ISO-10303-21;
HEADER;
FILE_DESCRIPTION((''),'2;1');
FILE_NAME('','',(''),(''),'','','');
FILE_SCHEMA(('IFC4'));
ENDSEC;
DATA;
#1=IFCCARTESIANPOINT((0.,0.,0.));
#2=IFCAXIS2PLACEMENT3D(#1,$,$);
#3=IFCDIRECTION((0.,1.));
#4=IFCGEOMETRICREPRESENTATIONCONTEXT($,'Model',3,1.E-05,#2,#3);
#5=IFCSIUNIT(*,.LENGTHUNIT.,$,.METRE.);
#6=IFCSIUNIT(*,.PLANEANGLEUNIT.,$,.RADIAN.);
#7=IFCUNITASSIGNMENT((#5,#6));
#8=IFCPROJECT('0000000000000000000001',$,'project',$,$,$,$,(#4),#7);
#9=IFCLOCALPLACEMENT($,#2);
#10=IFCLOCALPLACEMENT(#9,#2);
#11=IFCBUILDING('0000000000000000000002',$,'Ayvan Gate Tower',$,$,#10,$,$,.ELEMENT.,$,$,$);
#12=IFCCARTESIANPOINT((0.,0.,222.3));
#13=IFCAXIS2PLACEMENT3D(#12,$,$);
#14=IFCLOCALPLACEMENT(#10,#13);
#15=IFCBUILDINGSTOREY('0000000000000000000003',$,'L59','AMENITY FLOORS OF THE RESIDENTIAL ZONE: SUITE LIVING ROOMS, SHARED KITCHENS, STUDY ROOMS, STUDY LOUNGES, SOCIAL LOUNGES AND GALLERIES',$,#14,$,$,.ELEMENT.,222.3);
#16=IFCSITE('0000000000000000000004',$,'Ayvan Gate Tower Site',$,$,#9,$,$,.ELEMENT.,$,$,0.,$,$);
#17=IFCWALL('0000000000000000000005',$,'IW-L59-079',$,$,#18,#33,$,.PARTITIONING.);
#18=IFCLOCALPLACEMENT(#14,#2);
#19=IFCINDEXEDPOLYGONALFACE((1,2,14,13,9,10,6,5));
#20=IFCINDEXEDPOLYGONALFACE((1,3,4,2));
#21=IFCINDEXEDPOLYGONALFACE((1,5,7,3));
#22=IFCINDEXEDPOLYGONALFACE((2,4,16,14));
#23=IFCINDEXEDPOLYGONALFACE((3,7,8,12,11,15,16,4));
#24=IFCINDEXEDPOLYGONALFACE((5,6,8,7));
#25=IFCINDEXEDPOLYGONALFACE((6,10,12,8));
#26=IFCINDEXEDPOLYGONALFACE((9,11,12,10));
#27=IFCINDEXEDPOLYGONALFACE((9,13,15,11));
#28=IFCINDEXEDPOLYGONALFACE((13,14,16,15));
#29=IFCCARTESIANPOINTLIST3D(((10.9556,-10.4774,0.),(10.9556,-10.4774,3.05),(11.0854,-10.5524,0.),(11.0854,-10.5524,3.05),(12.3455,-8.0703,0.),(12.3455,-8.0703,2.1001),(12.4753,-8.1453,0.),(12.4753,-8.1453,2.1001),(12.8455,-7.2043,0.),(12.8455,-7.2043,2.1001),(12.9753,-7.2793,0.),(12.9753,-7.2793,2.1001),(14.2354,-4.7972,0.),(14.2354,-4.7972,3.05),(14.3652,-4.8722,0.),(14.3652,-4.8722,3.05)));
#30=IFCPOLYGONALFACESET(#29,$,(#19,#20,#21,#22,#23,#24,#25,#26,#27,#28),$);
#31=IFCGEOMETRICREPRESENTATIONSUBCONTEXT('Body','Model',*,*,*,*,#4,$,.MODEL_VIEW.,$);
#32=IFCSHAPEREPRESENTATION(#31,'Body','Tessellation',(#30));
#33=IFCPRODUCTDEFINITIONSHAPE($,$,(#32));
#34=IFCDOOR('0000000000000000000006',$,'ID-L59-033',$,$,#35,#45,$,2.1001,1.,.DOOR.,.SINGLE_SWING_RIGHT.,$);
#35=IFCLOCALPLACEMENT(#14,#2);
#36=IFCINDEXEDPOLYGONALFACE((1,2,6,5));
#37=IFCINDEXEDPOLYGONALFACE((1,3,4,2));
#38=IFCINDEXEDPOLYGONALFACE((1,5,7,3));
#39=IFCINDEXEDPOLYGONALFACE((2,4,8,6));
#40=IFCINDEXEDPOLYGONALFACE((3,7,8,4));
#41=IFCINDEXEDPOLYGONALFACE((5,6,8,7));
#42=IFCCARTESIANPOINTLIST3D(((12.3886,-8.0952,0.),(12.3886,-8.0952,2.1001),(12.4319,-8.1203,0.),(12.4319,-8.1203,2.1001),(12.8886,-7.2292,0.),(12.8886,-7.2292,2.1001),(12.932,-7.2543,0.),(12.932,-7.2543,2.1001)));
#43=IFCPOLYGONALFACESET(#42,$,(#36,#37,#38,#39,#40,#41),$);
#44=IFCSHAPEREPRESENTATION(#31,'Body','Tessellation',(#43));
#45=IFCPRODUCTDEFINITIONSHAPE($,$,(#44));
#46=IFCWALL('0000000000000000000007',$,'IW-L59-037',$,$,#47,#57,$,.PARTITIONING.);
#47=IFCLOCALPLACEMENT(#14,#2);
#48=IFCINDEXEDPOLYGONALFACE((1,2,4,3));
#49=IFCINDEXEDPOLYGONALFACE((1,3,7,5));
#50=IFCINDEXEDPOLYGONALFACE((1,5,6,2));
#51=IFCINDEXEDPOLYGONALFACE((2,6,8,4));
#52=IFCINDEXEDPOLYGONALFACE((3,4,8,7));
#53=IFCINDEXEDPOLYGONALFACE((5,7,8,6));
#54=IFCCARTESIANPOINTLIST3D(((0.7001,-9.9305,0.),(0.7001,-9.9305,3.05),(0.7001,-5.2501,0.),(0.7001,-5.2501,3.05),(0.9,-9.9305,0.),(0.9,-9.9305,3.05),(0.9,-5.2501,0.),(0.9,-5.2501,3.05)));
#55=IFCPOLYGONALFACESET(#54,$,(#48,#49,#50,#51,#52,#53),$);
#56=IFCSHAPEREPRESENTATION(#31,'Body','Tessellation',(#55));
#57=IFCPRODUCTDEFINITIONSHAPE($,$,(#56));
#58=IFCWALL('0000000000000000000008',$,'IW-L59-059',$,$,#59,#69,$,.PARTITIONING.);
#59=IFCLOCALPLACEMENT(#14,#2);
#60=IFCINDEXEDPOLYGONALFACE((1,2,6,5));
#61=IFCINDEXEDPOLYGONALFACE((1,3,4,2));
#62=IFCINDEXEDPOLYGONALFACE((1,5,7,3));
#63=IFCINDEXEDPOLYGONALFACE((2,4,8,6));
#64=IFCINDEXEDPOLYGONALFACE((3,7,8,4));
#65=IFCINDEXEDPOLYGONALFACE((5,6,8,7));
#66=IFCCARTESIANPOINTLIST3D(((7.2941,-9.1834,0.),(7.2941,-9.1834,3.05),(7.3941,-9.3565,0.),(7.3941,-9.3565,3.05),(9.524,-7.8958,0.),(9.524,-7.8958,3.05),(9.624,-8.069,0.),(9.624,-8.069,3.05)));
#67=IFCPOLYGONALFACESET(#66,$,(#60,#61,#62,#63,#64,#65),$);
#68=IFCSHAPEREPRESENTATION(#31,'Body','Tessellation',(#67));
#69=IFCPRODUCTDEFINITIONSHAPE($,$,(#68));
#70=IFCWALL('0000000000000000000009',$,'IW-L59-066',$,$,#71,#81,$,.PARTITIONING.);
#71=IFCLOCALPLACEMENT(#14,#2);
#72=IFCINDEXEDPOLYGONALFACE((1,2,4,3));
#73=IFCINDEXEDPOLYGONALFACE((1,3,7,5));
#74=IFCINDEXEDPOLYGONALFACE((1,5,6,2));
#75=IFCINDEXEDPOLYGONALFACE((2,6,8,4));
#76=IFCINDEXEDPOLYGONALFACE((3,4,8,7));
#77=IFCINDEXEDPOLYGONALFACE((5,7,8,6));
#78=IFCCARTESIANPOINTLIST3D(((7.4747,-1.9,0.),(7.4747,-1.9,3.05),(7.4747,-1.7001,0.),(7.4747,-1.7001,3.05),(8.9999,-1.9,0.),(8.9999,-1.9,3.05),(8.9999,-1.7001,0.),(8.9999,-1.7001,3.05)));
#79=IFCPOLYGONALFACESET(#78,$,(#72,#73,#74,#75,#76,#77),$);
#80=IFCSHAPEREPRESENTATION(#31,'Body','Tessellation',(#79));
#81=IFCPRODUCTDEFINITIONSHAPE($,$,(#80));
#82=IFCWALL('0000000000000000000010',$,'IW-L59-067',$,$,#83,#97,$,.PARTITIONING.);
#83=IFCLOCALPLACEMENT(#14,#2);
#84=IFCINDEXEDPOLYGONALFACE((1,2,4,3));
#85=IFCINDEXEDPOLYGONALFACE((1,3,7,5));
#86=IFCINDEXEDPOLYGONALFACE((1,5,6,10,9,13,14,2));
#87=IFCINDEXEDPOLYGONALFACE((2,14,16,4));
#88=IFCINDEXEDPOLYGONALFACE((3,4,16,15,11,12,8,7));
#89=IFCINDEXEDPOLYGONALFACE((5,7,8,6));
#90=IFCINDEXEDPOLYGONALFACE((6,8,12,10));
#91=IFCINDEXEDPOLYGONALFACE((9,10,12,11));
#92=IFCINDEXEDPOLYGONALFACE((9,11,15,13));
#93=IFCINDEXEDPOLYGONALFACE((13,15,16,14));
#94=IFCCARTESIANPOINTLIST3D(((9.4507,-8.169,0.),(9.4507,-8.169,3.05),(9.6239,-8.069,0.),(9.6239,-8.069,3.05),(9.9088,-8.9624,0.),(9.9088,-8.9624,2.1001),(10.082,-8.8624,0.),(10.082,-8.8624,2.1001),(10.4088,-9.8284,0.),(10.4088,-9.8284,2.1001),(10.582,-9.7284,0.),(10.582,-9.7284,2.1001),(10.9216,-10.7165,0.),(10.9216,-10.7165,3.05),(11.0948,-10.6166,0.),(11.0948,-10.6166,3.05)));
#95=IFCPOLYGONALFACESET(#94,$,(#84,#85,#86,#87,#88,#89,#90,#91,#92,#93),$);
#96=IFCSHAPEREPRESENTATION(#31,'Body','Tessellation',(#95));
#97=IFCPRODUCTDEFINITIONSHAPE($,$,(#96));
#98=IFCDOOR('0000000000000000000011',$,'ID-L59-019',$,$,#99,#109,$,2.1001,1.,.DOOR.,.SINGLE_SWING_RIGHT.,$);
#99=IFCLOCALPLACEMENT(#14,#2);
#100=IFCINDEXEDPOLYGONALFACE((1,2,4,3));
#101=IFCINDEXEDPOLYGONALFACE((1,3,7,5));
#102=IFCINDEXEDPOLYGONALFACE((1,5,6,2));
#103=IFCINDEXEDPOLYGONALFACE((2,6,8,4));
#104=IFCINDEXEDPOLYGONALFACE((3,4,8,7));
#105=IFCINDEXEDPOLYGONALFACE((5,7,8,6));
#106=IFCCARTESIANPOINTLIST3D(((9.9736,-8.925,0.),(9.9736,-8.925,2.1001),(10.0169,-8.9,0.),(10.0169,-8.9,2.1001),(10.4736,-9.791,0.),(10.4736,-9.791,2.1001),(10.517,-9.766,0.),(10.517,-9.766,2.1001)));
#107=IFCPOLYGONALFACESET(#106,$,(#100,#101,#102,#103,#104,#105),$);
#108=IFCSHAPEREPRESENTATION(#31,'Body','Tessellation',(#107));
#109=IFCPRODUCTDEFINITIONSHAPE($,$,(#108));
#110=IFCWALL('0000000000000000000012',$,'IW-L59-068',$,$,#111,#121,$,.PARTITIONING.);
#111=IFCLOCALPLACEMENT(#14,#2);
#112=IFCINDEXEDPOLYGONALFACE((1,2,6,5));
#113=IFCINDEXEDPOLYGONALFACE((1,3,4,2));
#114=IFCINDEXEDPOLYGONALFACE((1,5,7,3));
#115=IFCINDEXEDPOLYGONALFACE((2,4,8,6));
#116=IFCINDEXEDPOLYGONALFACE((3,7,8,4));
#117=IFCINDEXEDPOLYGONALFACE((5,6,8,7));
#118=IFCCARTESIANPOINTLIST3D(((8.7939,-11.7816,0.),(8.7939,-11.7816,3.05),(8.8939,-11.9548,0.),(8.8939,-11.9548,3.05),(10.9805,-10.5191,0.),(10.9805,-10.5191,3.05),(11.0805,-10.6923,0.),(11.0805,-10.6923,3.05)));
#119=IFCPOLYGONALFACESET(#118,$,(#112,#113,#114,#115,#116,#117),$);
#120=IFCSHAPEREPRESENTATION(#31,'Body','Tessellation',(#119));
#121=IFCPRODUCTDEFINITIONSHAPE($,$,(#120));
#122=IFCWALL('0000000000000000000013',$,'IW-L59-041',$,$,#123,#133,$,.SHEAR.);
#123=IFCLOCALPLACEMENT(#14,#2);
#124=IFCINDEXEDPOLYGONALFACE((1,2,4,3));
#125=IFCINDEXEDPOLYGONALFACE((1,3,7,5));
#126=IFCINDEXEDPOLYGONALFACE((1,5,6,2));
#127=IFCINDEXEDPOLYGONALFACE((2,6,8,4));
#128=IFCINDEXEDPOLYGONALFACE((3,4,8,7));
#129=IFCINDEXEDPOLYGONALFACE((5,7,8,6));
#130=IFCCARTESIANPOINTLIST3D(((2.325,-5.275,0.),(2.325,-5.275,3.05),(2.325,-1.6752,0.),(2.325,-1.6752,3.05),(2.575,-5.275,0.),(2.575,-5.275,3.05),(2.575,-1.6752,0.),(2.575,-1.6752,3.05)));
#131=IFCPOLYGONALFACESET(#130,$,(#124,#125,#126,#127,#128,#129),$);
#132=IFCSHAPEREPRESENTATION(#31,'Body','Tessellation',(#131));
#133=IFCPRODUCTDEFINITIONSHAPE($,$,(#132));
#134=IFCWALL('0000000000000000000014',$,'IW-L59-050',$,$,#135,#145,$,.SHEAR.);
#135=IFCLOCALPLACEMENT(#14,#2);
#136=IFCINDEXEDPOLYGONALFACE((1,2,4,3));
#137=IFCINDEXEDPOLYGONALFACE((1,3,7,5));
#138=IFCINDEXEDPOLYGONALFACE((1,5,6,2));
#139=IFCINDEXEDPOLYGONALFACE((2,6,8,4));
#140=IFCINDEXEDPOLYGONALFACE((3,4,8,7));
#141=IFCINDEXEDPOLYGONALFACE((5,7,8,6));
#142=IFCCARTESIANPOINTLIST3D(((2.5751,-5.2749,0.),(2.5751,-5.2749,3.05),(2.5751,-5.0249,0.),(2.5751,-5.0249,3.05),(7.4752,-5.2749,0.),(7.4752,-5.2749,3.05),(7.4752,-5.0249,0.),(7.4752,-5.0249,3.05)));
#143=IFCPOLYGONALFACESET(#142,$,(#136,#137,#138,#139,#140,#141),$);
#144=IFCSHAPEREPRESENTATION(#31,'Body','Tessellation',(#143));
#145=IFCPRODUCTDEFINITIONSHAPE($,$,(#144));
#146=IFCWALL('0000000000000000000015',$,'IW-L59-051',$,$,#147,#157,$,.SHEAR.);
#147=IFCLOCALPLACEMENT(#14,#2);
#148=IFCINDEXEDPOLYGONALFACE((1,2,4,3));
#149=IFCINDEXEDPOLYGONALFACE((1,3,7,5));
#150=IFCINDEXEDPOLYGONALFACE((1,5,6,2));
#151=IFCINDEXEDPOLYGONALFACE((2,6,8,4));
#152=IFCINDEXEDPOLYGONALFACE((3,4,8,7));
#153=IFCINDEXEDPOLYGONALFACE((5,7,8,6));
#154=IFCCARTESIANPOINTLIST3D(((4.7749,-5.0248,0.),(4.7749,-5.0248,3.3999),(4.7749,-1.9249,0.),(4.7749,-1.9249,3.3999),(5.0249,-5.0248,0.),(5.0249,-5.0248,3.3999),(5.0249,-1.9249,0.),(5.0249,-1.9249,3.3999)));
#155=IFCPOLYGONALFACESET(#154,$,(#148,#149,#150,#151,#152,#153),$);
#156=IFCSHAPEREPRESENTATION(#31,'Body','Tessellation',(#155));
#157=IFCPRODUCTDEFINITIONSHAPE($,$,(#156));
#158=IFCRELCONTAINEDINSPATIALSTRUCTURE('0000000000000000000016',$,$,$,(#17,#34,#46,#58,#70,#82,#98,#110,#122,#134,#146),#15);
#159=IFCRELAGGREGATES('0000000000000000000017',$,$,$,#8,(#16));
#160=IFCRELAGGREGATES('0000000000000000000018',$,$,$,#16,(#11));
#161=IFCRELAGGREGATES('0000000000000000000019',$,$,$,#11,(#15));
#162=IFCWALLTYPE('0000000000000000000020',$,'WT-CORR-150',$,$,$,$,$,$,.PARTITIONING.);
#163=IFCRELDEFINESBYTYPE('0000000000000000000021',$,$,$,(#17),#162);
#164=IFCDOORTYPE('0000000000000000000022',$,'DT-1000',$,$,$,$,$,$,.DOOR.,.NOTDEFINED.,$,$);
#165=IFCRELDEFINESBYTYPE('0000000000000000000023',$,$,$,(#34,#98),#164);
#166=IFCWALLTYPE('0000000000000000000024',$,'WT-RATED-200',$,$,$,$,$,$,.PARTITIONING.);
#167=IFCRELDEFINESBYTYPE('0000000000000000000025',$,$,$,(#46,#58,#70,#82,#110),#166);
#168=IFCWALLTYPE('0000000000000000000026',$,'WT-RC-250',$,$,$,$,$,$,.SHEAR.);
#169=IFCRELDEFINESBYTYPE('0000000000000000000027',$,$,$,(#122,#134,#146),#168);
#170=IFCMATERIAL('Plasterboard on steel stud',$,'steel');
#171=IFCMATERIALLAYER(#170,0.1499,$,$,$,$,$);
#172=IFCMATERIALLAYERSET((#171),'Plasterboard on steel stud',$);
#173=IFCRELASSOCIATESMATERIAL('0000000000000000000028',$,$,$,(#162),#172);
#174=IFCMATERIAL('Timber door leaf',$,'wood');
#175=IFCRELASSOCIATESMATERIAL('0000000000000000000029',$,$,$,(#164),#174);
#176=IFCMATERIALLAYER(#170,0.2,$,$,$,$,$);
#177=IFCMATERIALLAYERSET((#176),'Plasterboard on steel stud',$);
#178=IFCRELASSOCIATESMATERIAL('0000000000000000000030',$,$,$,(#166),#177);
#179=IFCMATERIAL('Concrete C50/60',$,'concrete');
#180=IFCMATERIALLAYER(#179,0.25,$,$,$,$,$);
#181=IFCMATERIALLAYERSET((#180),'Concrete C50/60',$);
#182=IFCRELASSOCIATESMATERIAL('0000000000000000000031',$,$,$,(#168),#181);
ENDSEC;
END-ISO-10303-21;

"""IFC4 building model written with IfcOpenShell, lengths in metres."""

from ifc_helpers import new_model, si_unit, direction, frame, frame_2d, origin, place, context, subcontext, project, spatial, rectangle, extrude, material, layer, layer_set, type_object, element, fill, save


model = new_model("IFC4")

# Units and contexts
model_context = context("Model", 3, precision=1e-05, world=origin(), true_north=direction((0.0, 1.0)))
body_context = subcontext(model_context, "Body", "Model", "MODEL_VIEW")
ifc_project = project(units=[si_unit("LENGTHUNIT", "METRE"), si_unit("PLANEANGLEUNIT", "RADIAN")], contexts=[model_context])

# Site, building, storey
site_placement = place(None, origin())
site = spatial("IfcSite", under=ifc_project, at=site_placement, Name="Ayvan Gate Tower Site", CompositionType="ELEMENT", RefElevation=0.0)
building_placement = place(site_placement, origin())
building = spatial("IfcBuilding", under=site, at=building_placement, Name="Ayvan Gate Tower", CompositionType="ELEMENT")
storey_placement = place(building_placement, frame((0.0, 0.0, 222.3)))
storey = spatial("IfcBuildingStorey", under=building, at=storey_placement, Name="L59", Description="AMENITY FLOORS OF THE RESIDENTIAL ZONE: SUITE LIVING ROOMS, SHARED KITCHENS, STUDY ROOMS, STUDY LOUNGES, SOCIAL LOUNGES AND GALLERIES", CompositionType="ELEMENT", Elevation=222.3)

# Shared definitions
ifc_material_1 = material(Name="Concrete C50/60", Category="concrete")

# Shared definitions
ifc_material_2 = material(Name="Timber door leaf", Category="wood")

# Shared definitions
ifc_material_3 = material(Name="Plasterboard on steel stud", Category="steel")
ifc_layer_1 = layer(ifc_material_3, 0.1499)
ifc_layer_set_1 = layer_set([ifc_layer_1], Name="Plasterboard on steel stud")
wall_type_1 = type_object("IfcWallType", Name="WT-CORR-150", PredefinedType="PARTITIONING", material=ifc_layer_set_1)

# Shared definitions
door_type_1 = type_object("IfcDoorType", Name="DT-1000", OperationType="NOTDEFINED", PredefinedType="DOOR", material=ifc_material_2)

# Wall, opening, door
wall_1_placement = place(storey_placement, frame((14.3003, -4.8347, 0.0), z_axis=(0.0, 0.0, 1.0), x_axis=(-0.500038, -0.866003, 0.0)))
wall_1 = element("IfcWall", 1, at=wall_1_placement, inside=storey, type_object=wall_type_1, Name="IW-L59-079", PredefinedType="PARTITIONING", context=body_context, shape_type="SweptSolid", body=[
    extrude(rectangle(XDim=6.5591, YDim=0.1499, at=frame_2d((3.2795, 0.0))), origin(), (0.0, 0.0, 1.0), 3.05),
])
opening_1_placement = place(wall_1_placement, frame((2.7795, 0.0, 0.0)))
opening_1 = element("IfcOpeningElement", 2, at=opening_1_placement, cuts=wall_1, PredefinedType="OPENING", context=body_context, shape_type="SweptSolid", body=[
    extrude(rectangle(XDim=1.0, YDim=2.1001, at=frame_2d((0.5, 1.05))), frame((0.0, 0.085, 0.0), z_axis=(0.0, -1.0, 0.0), x_axis=(1.0, 0.0, 0.0)), (0.0, 0.0, 1.0), 0.1699),
])
door_1_placement = place(opening_1_placement, origin())
door_1 = element("IfcDoor", 3, at=door_1_placement, inside=storey, type_object=door_type_1, Name="ID-L59-033", OperationType="SINGLE_SWING_RIGHT", OverallHeight=2.1001, OverallWidth=1.0, PredefinedType="DOOR", context=body_context, shape_type="SweptSolid", body=[
    extrude(rectangle(XDim=1.0, YDim=2.1001, at=frame_2d((0.5, 1.05))), frame((0.0, 0.0249, 0.0), z_axis=(0.0, -1.0, 0.0), x_axis=(1.0, 0.0, 0.0)), (0.0, 0.0, 1.0), 0.05),
])
fill(opening_1, door_1)

# Walls
ifc_layer_2 = layer(ifc_material_3, 0.2)
ifc_layer_set_2 = layer_set([ifc_layer_2], Name="Plasterboard on steel stud")
wall_type_2 = type_object("IfcWallType", Name="WT-RATED-200", PredefinedType="PARTITIONING", material=ifc_layer_set_2)
wall_2_placement = place(storey_placement, frame((0.8, -5.25, 0.0), z_axis=(0.0, 0.0, 1.0), x_axis=(0.0, -1.0, 0.0)))
element("IfcWall", 4, at=wall_2_placement, inside=storey, type_object=wall_type_2, Name="IW-L59-037", PredefinedType="PARTITIONING", context=body_context, shape_type="SweptSolid", body=[
    extrude(rectangle(XDim=4.6804, YDim=0.2, at=frame_2d((2.3403, 0.0))), origin(), (0.0, 0.0, 1.0), 3.05),
])
wall_3_placement = place(storey_placement, frame((7.344, -9.27, 0.0), z_axis=(0.0, 0.0, 1.0), x_axis=(0.866006, 0.500034, 0.0)))
element("IfcWall", 5, at=wall_3_placement, inside=storey, type_object=wall_type_2, Name="IW-L59-059", PredefinedType="PARTITIONING", context=body_context, shape_type="SweptSolid", body=[
    extrude(rectangle(XDim=2.575, YDim=0.2, at=frame_2d((1.2876, 0.0))), origin(), (0.0, 0.0, 1.0), 3.05),
])
wall_4_placement = place(storey_placement, frame((9.0, -1.8, 0.0), z_axis=(0.0, 0.0, 1.0), x_axis=(-1.0, 0.0, 0.0)))
element("IfcWall", 6, at=wall_4_placement, inside=storey, type_object=wall_type_2, Name="IW-L59-066", PredefinedType="PARTITIONING", context=body_context, shape_type="SweptSolid", body=[
    extrude(rectangle(XDim=1.5251, YDim=0.2, at=frame_2d((0.7627, 0.0))), origin(), (0.0, 0.0, 1.0), 3.05),
])

# Wall, opening, door
wall_5_placement = place(storey_placement, frame((9.5374, -8.1191, 0.0), z_axis=(0.0, 0.0, 1.0), x_axis=(0.500022, -0.866013, 0.0)))
wall_5 = element("IfcWall", 7, at=wall_5_placement, inside=storey, type_object=wall_type_2, Name="IW-L59-067", PredefinedType="PARTITIONING", context=body_context, shape_type="SweptSolid", body=[
    extrude(rectangle(XDim=2.9417, YDim=0.2, at=frame_2d((1.4707, 0.0))), origin(), (0.0, 0.0, 1.0), 3.05),
])
opening_2_placement = place(wall_5_placement, frame((0.916, 0.0, 0.0)))
opening_2 = element("IfcOpeningElement", 8, at=opening_2_placement, cuts=wall_5, PredefinedType="OPENING", context=body_context, shape_type="SweptSolid", body=[
    extrude(rectangle(XDim=1.0, YDim=2.1001, at=frame_2d((0.5, 1.05))), frame((0.0, 0.1099, 0.0), z_axis=(0.0, -1.0, 0.0), x_axis=(1.0, 0.0, 0.0)), (0.0, 0.0, 1.0), 0.22),
])
door_2_placement = place(opening_2_placement, origin())
door_2 = element("IfcDoor", 9, at=door_2_placement, inside=storey, type_object=door_type_1, Name="ID-L59-019", OperationType="SINGLE_SWING_RIGHT", OverallHeight=2.1001, OverallWidth=1.0, PredefinedType="DOOR", context=body_context, shape_type="SweptSolid", body=[
    extrude(rectangle(XDim=1.0, YDim=2.1001, at=frame_2d((0.5, 1.05))), frame((0.0, 0.0249, 0.0), z_axis=(0.0, -1.0, 0.0), x_axis=(1.0, 0.0, 0.0)), (0.0, 0.0, 1.0), 0.05),
])
fill(opening_2, door_2)

# Walls
wall_6_placement = place(storey_placement, frame((11.0305, -10.6057, 0.0), z_axis=(0.0, 0.0, 1.0), x_axis=(-0.866015, -0.500018, 0.0)))
element("IfcWall", 10, at=wall_6_placement, inside=storey, type_object=wall_type_2, Name="IW-L59-068", PredefinedType="PARTITIONING", context=body_context, shape_type="SweptSolid", body=[
    extrude(rectangle(XDim=2.5249, YDim=0.2, at=frame_2d((1.2625, 0.0))), origin(), (0.0, 0.0, 1.0), 3.05),
])
ifc_layer_3 = layer(ifc_material_1, 0.25)
ifc_layer_set_3 = layer_set([ifc_layer_3], Name="Concrete C50/60")
wall_type_3 = type_object("IfcWallType", Name="WT-RC-250", PredefinedType="SHEAR", material=ifc_layer_set_3)
wall_7_placement = place(storey_placement, frame((2.45, -5.2749, 0.0), z_axis=(0.0, 0.0, 1.0), x_axis=(0.0, 1.0, 0.0)))
element("IfcWall", 11, at=wall_7_placement, inside=storey, type_object=wall_type_3, Name="IW-L59-041", PredefinedType="SHEAR", context=body_context, shape_type="SweptSolid", body=[
    extrude(rectangle(XDim=3.5999, YDim=0.25, at=frame_2d((1.7998, 0.0))), origin(), (0.0, 0.0, 1.0), 3.05),
])
wall_8_placement = place(storey_placement, frame((2.575, -5.1499, 0.0), z_axis=(0.0, 0.0, 1.0), x_axis=(1.0, 0.0, 0.0)))
element("IfcWall", 12, at=wall_8_placement, inside=storey, type_object=wall_type_3, Name="IW-L59-050", PredefinedType="SHEAR", context=body_context, shape_type="SweptSolid", body=[
    extrude(rectangle(XDim=4.9001, YDim=0.25, at=frame_2d((2.4502, 0.0))), origin(), (0.0, 0.0, 1.0), 3.05),
])
wall_9_placement = place(storey_placement, frame((4.8999, -1.925, 0.0), z_axis=(0.0, 0.0, 1.0), x_axis=(0.0, -1.0, 0.0)))
element("IfcWall", 13, at=wall_9_placement, inside=storey, type_object=wall_type_3, Name="IW-L59-051", PredefinedType="SHEAR", context=body_context, shape_type="SweptSolid", body=[
    extrude(rectangle(XDim=3.0999, YDim=0.25, at=frame_2d((1.5498, 0.0))), origin(), (0.0, 0.0, 1.0), 3.3999),
])

save(model, "model.ifc")
